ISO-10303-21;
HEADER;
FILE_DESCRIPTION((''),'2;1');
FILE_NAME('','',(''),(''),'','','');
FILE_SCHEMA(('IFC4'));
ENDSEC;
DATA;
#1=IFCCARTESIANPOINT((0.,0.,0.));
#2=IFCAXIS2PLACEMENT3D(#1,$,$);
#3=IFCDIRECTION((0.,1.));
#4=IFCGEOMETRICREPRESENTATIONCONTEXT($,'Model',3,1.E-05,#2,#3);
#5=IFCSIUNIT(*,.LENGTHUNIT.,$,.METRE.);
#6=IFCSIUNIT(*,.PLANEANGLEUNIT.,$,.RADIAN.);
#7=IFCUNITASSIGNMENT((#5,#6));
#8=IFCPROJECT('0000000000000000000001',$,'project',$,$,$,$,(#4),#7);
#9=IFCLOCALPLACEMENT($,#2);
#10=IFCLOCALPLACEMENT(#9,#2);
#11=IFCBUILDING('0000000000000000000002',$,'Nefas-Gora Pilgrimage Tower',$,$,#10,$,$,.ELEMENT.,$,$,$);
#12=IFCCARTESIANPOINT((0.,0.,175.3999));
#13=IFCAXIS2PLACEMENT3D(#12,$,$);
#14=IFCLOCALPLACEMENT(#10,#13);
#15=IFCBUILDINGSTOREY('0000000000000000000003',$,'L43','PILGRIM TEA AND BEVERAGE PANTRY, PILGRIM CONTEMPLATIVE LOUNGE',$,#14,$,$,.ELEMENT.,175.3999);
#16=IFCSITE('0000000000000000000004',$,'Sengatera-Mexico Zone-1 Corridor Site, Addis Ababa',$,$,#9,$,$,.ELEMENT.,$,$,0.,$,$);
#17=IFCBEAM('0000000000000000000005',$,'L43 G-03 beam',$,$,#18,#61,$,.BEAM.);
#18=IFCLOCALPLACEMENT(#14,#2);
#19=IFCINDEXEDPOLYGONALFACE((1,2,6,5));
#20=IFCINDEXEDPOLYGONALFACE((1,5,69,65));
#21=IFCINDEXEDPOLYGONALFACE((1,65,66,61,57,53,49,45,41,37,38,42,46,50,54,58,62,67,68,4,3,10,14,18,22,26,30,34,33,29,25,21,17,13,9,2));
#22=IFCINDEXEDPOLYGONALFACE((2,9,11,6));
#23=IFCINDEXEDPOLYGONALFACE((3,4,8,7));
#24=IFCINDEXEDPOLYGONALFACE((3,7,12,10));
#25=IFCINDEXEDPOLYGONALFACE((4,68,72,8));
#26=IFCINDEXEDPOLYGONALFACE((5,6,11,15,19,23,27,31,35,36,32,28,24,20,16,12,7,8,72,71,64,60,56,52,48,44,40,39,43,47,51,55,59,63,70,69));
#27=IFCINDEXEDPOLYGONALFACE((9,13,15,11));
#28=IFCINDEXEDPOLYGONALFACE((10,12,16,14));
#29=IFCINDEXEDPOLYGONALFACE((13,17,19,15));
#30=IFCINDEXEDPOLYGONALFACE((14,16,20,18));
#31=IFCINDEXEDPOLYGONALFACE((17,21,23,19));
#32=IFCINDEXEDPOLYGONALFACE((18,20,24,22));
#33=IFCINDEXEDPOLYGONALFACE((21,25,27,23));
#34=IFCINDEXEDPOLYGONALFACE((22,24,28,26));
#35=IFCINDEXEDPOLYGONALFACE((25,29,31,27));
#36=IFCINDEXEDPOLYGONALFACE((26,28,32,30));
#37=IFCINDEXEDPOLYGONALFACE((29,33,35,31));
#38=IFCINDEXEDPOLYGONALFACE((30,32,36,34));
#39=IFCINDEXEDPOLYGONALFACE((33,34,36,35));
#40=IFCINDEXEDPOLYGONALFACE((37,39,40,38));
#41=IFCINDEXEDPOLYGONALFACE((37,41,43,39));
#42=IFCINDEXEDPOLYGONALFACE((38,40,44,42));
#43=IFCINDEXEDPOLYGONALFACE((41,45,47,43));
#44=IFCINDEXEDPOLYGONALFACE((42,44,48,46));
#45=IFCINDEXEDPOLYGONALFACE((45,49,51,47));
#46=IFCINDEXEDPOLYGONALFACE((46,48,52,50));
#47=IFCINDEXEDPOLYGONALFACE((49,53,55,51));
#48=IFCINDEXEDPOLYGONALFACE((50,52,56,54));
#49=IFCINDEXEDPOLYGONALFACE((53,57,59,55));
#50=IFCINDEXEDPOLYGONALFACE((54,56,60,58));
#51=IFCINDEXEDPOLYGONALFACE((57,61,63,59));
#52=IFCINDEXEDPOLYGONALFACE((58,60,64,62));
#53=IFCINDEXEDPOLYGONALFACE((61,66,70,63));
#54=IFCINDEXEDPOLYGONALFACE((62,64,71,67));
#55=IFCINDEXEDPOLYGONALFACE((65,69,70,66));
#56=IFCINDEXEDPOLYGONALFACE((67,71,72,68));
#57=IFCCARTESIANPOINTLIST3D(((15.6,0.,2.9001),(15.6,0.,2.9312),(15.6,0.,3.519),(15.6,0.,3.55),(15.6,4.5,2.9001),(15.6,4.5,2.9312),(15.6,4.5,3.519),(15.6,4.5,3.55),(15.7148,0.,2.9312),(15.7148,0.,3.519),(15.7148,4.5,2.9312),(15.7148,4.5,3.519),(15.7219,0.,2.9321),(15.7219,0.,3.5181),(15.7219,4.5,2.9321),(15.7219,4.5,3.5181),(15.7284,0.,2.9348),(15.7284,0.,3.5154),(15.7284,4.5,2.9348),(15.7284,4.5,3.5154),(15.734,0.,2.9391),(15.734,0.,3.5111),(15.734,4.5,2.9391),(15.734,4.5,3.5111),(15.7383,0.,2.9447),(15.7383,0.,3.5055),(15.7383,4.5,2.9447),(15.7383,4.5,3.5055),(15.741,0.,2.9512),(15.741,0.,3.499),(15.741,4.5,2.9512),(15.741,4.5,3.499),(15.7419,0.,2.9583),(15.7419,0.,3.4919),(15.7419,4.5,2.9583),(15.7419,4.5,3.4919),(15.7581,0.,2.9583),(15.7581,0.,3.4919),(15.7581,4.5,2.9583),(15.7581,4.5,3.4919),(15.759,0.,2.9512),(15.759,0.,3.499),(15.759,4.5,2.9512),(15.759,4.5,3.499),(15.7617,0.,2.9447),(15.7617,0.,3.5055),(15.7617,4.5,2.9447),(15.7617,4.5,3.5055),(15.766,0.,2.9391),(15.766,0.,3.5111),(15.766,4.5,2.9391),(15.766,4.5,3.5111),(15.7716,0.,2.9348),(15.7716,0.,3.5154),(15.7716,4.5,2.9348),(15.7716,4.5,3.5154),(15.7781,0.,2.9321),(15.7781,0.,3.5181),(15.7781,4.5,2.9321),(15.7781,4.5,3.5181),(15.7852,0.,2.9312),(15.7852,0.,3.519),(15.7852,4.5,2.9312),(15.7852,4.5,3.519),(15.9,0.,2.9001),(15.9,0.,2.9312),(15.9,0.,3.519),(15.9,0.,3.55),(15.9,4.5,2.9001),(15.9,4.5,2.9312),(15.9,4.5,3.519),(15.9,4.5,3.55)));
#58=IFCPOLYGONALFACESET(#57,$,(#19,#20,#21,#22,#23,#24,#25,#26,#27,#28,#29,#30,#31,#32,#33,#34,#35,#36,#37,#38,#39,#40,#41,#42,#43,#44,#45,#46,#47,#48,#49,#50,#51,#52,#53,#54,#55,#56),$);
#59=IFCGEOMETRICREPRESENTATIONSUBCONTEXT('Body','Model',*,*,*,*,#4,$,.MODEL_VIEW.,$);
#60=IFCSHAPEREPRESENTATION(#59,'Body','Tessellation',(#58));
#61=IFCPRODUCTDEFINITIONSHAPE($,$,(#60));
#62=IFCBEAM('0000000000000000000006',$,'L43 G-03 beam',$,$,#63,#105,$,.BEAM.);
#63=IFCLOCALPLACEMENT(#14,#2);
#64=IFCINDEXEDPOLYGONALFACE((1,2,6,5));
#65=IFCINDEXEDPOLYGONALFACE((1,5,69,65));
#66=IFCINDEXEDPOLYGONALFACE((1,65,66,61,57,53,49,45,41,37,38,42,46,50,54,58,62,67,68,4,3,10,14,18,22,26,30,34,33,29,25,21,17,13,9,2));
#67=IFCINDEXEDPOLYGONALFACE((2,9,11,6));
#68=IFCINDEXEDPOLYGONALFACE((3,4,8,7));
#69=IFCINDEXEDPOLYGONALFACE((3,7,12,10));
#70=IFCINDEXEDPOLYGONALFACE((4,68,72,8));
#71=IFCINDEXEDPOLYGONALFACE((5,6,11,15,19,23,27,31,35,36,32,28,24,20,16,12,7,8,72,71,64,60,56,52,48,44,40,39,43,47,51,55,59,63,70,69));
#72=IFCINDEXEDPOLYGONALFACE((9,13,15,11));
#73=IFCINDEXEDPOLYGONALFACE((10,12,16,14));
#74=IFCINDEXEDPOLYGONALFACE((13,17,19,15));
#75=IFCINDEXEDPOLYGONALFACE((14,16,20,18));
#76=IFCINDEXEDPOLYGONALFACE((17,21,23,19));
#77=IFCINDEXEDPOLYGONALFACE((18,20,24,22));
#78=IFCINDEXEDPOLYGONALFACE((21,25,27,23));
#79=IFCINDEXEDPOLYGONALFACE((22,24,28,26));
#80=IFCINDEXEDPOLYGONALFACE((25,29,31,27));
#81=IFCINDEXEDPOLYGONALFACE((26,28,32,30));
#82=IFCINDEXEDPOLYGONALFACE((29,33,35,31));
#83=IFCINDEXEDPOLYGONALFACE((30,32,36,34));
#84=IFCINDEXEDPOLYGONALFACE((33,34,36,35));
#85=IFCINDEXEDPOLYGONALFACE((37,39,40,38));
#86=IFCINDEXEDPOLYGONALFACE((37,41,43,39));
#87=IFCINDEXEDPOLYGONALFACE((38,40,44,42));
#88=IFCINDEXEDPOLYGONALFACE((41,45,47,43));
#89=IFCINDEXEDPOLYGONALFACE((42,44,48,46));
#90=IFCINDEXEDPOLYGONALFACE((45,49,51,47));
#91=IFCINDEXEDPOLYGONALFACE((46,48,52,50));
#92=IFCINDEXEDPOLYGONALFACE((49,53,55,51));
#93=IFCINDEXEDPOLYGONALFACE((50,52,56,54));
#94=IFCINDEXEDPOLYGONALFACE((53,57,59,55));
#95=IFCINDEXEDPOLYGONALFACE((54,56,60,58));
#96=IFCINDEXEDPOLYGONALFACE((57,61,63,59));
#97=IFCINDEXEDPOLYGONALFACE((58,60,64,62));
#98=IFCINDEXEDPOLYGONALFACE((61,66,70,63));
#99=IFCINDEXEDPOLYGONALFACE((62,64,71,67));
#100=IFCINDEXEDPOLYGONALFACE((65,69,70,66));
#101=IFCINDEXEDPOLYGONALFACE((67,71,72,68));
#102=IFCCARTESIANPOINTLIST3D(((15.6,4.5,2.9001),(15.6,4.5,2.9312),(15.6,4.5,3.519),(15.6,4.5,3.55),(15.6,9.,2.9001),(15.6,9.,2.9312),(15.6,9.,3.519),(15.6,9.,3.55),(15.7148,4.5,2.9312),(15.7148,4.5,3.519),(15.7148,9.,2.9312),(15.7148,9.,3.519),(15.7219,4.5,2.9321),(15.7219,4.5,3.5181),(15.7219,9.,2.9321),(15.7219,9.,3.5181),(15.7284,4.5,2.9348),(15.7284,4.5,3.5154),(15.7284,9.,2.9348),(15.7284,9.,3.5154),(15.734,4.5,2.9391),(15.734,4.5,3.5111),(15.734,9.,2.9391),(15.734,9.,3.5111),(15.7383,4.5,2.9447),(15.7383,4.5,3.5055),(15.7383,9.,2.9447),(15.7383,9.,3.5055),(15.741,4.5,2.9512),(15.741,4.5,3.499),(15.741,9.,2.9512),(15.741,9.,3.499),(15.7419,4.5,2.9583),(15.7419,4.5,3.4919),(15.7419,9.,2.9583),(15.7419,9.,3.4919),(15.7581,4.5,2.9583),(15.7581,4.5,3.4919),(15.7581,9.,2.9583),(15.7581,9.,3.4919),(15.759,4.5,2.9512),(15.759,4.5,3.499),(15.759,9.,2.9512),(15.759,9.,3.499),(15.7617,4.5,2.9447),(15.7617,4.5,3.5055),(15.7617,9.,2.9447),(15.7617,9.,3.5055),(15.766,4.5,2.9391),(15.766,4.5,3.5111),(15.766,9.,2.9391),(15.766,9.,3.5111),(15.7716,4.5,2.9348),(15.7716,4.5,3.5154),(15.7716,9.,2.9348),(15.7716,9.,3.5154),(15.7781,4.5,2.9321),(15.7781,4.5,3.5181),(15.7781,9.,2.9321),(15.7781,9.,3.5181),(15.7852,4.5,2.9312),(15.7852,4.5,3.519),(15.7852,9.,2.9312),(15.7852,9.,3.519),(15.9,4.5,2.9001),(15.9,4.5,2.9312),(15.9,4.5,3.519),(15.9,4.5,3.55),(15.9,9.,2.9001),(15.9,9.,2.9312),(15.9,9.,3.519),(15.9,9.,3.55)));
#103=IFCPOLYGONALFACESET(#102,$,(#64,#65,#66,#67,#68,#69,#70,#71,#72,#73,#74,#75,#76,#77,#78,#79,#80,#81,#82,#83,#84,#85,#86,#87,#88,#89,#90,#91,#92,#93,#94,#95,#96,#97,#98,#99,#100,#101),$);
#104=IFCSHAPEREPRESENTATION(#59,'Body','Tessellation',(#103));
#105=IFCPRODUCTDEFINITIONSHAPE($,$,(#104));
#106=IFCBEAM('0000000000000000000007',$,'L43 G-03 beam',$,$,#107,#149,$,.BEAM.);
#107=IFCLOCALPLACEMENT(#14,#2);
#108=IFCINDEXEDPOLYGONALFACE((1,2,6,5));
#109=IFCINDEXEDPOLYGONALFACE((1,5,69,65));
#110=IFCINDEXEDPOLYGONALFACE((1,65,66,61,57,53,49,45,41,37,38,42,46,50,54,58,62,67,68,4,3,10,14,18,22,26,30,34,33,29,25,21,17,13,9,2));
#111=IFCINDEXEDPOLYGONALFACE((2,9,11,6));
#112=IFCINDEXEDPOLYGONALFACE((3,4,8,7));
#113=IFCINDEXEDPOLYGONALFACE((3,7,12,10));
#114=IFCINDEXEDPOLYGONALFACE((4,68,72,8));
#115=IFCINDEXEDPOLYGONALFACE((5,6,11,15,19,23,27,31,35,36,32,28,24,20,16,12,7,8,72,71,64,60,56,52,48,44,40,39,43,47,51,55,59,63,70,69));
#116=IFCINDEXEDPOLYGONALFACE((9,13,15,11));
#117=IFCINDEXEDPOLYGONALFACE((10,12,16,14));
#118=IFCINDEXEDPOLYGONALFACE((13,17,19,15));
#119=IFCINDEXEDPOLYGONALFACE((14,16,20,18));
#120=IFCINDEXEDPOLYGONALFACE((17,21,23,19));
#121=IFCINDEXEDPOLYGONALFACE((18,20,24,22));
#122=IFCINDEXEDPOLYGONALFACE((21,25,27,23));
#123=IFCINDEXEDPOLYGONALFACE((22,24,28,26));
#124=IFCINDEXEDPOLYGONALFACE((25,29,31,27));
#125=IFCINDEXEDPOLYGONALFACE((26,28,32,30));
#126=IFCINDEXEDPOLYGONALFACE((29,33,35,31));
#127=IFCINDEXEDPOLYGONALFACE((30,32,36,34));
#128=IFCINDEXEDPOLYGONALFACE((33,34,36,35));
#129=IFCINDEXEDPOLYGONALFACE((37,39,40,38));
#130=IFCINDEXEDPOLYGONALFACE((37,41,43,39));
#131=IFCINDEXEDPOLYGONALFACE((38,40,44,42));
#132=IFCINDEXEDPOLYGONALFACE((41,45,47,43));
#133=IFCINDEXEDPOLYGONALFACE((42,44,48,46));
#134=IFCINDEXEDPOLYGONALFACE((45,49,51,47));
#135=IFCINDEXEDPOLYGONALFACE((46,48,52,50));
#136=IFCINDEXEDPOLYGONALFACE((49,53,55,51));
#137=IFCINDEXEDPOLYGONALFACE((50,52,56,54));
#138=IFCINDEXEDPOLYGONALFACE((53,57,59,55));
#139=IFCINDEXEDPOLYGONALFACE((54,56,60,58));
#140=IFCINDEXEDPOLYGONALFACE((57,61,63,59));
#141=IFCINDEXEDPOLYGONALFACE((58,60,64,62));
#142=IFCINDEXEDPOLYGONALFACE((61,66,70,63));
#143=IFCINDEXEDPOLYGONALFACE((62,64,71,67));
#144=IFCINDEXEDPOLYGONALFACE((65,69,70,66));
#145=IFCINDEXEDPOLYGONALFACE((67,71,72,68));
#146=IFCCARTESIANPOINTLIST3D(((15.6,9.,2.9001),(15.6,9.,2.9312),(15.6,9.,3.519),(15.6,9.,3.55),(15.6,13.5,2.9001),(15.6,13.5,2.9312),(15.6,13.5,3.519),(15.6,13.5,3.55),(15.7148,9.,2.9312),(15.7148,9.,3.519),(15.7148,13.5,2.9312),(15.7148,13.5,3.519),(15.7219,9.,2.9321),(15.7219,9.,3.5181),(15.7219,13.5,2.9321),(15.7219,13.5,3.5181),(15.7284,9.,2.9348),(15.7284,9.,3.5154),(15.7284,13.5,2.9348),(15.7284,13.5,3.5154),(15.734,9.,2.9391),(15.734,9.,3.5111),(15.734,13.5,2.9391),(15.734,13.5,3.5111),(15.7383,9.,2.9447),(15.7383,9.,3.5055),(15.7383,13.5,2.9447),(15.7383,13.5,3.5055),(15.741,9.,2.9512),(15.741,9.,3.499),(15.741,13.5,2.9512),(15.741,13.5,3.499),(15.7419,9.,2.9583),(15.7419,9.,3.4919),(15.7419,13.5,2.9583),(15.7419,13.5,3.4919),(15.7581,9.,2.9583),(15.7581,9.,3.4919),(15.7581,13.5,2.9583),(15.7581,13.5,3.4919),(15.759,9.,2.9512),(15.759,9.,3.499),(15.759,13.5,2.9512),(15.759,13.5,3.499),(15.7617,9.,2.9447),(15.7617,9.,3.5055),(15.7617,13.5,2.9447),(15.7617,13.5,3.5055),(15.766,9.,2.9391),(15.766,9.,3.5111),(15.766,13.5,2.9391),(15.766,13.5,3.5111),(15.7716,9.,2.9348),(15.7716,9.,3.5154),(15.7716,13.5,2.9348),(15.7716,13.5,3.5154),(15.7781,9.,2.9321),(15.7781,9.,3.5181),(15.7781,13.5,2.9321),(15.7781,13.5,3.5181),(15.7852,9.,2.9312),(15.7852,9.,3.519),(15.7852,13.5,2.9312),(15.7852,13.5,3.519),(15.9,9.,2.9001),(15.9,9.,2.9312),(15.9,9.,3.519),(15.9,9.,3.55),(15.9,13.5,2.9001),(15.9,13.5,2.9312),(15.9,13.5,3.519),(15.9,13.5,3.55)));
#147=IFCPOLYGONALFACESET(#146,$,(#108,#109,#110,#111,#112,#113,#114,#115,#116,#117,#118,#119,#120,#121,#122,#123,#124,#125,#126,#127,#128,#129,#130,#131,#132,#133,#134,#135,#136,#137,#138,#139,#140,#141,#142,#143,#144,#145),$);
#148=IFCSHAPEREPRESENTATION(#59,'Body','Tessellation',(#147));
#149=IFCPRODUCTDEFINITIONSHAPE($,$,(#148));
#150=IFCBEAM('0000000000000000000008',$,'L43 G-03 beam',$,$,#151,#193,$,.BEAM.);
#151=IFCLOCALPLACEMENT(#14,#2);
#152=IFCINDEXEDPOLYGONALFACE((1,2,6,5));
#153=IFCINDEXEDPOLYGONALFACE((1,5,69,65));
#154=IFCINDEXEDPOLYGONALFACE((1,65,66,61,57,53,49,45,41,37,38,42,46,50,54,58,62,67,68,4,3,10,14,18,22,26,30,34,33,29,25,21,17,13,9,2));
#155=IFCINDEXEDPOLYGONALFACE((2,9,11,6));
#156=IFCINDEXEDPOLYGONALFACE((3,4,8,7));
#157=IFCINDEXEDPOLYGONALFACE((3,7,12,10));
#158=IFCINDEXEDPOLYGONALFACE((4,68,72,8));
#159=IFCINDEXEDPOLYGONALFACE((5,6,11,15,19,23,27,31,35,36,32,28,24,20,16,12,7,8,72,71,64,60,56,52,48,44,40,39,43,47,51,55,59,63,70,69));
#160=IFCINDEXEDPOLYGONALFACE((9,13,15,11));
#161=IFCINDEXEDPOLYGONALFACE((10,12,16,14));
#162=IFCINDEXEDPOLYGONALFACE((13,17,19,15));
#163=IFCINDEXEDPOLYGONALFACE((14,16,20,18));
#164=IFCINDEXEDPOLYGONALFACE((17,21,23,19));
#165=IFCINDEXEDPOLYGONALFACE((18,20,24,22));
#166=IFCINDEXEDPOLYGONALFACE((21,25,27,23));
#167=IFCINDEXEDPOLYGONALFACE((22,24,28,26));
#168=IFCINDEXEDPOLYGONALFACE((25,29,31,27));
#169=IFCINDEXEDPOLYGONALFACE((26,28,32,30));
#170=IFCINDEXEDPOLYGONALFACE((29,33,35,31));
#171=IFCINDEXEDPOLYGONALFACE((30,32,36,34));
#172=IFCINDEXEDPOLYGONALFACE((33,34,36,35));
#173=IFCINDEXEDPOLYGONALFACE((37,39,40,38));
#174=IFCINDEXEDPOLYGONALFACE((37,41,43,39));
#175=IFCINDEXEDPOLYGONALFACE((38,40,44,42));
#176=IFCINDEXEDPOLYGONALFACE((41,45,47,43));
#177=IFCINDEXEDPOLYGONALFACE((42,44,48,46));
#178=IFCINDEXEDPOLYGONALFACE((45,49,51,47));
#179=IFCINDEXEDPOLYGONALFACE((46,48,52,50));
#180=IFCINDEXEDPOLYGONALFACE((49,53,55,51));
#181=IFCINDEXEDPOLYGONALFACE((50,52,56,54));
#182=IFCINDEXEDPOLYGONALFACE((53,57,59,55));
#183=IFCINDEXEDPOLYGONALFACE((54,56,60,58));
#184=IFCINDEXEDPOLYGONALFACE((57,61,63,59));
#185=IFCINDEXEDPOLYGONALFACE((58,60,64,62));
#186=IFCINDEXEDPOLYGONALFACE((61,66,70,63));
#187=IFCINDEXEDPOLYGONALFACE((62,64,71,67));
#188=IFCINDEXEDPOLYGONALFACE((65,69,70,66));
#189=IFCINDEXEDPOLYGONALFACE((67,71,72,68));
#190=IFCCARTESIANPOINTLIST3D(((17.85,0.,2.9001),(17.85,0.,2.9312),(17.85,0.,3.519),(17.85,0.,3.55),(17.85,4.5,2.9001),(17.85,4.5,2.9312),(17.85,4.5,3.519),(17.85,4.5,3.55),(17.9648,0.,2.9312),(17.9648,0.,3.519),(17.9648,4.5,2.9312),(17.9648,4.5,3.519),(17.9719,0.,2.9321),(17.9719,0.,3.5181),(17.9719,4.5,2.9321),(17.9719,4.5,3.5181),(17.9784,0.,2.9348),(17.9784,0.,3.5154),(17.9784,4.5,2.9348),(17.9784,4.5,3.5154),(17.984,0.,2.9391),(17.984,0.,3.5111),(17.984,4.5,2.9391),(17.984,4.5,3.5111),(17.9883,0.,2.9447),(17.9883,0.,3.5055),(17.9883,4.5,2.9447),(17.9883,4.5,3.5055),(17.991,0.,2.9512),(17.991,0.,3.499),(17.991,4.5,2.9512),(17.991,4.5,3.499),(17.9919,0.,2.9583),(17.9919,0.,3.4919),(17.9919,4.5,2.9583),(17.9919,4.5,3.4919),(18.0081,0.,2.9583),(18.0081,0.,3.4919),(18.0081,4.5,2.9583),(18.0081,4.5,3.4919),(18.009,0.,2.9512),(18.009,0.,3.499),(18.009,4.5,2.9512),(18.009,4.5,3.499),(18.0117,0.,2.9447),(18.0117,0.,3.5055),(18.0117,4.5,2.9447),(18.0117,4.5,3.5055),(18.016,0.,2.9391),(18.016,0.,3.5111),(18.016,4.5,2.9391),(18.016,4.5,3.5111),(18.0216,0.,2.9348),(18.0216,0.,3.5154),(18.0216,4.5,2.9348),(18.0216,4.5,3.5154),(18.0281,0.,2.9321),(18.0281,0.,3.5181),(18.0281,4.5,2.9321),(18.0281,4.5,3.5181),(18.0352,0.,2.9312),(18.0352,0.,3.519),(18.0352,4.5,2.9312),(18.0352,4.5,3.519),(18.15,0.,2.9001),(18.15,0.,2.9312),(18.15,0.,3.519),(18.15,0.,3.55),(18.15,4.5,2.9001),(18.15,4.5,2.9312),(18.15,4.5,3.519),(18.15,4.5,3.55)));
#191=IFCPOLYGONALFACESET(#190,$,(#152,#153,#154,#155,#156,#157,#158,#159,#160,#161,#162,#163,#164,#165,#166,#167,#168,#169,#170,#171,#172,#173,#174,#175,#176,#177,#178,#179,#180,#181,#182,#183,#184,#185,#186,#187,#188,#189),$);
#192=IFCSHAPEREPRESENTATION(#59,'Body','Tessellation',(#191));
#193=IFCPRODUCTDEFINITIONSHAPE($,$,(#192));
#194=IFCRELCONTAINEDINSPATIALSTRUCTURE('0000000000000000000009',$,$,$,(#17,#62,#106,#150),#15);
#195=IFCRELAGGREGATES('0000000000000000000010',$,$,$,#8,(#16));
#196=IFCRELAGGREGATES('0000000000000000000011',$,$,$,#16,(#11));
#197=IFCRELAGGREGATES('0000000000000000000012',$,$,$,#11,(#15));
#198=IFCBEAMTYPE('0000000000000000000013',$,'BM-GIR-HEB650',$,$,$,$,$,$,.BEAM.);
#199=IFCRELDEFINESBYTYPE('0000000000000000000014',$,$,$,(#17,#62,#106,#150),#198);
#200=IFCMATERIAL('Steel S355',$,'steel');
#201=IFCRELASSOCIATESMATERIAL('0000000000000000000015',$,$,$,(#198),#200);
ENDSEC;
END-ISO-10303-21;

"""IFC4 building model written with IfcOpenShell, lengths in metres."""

from ifc_helpers import new_model, si_unit, direction, frame, origin, origin_2d, place, context, subcontext, project, spatial, i_section, extrude, source, transform, mapped, material, material_profile, profile_set, type_object, element, save


model = new_model("IFC4")

# Units and contexts
model_context = context("Model", 3, precision=1e-05, world=origin(), true_north=direction((0.0, 1.0)))
body_context = subcontext(model_context, "Body", "Model", "MODEL_VIEW")
ifc_project = project(units=[si_unit("LENGTHUNIT", "METRE"), si_unit("PLANEANGLEUNIT", "RADIAN")], contexts=[model_context])

# Site, building, storey
site_placement = place(None, origin())
site = spatial("IfcSite", under=ifc_project, at=site_placement, Name="Sengatera-Mexico Zone-1 Corridor Site, Addis Ababa", CompositionType="ELEMENT", RefElevation=0.0)
building_placement = place(site_placement, origin())
building = spatial("IfcBuilding", under=site, at=building_placement, Name="Nefas-Gora Pilgrimage Tower", CompositionType="ELEMENT")
storey_placement = place(building_placement, frame((0.0, 0.0, 175.3999)))
storey = spatial("IfcBuildingStorey", under=building, at=storey_placement, Name="L43", Description="PILGRIM TEA AND BEVERAGE PANTRY, PILGRIM CONTEMPLATIVE LOUNGE", CompositionType="ELEMENT", Elevation=175.3999)

# Beams
ifc_material_1 = material(Name="Steel S355", Category="steel")
ifc_material_profile_1 = material_profile(ifc_material_1, i_section(OverallWidth=0.3, OverallDepth=0.6499, WebThickness=0.0161, FlangeThickness=0.031, FilletRadius=0.0271, at=origin_2d()), Name="HEB 650")
ifc_profile_set_1 = profile_set([ifc_material_profile_1], Name="Steel S355")
beam_type_1 = type_object("IfcBeamType", Name="BM-GIR-HEB650", PredefinedType="BEAM", material=ifc_profile_set_1)
shared_shape_1 = source(origin(), body_context, "Body", "SweptSolid", [
    extrude(i_section(OverallWidth=0.3, OverallDepth=0.6499, WebThickness=0.0161, FlangeThickness=0.031, FilletRadius=0.0271, at=origin_2d()), origin(), (0.0, 0.0, 1.0), 4.5),
])
for number, where, z_axis, x_axis, name in (
    (1, (15.75, 0.0, 3.2251), (0.0, 1.0, 0.0), (-1.0, 0.0, 0.0), "L43 G-03 beam"),
    (2, (15.75, 4.5, 3.2251), (0.0, 1.0, 0.0), (-1.0, 0.0, 0.0), "L43 G-03 beam"),
    (3, (15.75, 9.0, 3.2251), (0.0, 1.0, 0.0), (-1.0, 0.0, 0.0), "L43 G-03 beam"),
    (4, (18.0, 0.0, 3.2251), (0.0, 1.0, 0.0), (-1.0, 0.0, 0.0), "L43 G-03 beam"),
):
    element("IfcBeam", number, at=place(storey_placement, frame(where, z_axis=z_axis, x_axis=x_axis)), inside=storey, type_object=beam_type_1, Name=name, PredefinedType="BEAM", context=body_context, shape_type="MappedRepresentation", body=[
        mapped(shared_shape_1, transform((0.0, 0.0, 0.0), x_axis=(1.0, 0.0, 0.0), y_axis=(0.0, 1.0, 0.0), z_axis=(0.0, 0.0, 1.0), scale=1.0)),
    ])

save(model, "model.ifc")
